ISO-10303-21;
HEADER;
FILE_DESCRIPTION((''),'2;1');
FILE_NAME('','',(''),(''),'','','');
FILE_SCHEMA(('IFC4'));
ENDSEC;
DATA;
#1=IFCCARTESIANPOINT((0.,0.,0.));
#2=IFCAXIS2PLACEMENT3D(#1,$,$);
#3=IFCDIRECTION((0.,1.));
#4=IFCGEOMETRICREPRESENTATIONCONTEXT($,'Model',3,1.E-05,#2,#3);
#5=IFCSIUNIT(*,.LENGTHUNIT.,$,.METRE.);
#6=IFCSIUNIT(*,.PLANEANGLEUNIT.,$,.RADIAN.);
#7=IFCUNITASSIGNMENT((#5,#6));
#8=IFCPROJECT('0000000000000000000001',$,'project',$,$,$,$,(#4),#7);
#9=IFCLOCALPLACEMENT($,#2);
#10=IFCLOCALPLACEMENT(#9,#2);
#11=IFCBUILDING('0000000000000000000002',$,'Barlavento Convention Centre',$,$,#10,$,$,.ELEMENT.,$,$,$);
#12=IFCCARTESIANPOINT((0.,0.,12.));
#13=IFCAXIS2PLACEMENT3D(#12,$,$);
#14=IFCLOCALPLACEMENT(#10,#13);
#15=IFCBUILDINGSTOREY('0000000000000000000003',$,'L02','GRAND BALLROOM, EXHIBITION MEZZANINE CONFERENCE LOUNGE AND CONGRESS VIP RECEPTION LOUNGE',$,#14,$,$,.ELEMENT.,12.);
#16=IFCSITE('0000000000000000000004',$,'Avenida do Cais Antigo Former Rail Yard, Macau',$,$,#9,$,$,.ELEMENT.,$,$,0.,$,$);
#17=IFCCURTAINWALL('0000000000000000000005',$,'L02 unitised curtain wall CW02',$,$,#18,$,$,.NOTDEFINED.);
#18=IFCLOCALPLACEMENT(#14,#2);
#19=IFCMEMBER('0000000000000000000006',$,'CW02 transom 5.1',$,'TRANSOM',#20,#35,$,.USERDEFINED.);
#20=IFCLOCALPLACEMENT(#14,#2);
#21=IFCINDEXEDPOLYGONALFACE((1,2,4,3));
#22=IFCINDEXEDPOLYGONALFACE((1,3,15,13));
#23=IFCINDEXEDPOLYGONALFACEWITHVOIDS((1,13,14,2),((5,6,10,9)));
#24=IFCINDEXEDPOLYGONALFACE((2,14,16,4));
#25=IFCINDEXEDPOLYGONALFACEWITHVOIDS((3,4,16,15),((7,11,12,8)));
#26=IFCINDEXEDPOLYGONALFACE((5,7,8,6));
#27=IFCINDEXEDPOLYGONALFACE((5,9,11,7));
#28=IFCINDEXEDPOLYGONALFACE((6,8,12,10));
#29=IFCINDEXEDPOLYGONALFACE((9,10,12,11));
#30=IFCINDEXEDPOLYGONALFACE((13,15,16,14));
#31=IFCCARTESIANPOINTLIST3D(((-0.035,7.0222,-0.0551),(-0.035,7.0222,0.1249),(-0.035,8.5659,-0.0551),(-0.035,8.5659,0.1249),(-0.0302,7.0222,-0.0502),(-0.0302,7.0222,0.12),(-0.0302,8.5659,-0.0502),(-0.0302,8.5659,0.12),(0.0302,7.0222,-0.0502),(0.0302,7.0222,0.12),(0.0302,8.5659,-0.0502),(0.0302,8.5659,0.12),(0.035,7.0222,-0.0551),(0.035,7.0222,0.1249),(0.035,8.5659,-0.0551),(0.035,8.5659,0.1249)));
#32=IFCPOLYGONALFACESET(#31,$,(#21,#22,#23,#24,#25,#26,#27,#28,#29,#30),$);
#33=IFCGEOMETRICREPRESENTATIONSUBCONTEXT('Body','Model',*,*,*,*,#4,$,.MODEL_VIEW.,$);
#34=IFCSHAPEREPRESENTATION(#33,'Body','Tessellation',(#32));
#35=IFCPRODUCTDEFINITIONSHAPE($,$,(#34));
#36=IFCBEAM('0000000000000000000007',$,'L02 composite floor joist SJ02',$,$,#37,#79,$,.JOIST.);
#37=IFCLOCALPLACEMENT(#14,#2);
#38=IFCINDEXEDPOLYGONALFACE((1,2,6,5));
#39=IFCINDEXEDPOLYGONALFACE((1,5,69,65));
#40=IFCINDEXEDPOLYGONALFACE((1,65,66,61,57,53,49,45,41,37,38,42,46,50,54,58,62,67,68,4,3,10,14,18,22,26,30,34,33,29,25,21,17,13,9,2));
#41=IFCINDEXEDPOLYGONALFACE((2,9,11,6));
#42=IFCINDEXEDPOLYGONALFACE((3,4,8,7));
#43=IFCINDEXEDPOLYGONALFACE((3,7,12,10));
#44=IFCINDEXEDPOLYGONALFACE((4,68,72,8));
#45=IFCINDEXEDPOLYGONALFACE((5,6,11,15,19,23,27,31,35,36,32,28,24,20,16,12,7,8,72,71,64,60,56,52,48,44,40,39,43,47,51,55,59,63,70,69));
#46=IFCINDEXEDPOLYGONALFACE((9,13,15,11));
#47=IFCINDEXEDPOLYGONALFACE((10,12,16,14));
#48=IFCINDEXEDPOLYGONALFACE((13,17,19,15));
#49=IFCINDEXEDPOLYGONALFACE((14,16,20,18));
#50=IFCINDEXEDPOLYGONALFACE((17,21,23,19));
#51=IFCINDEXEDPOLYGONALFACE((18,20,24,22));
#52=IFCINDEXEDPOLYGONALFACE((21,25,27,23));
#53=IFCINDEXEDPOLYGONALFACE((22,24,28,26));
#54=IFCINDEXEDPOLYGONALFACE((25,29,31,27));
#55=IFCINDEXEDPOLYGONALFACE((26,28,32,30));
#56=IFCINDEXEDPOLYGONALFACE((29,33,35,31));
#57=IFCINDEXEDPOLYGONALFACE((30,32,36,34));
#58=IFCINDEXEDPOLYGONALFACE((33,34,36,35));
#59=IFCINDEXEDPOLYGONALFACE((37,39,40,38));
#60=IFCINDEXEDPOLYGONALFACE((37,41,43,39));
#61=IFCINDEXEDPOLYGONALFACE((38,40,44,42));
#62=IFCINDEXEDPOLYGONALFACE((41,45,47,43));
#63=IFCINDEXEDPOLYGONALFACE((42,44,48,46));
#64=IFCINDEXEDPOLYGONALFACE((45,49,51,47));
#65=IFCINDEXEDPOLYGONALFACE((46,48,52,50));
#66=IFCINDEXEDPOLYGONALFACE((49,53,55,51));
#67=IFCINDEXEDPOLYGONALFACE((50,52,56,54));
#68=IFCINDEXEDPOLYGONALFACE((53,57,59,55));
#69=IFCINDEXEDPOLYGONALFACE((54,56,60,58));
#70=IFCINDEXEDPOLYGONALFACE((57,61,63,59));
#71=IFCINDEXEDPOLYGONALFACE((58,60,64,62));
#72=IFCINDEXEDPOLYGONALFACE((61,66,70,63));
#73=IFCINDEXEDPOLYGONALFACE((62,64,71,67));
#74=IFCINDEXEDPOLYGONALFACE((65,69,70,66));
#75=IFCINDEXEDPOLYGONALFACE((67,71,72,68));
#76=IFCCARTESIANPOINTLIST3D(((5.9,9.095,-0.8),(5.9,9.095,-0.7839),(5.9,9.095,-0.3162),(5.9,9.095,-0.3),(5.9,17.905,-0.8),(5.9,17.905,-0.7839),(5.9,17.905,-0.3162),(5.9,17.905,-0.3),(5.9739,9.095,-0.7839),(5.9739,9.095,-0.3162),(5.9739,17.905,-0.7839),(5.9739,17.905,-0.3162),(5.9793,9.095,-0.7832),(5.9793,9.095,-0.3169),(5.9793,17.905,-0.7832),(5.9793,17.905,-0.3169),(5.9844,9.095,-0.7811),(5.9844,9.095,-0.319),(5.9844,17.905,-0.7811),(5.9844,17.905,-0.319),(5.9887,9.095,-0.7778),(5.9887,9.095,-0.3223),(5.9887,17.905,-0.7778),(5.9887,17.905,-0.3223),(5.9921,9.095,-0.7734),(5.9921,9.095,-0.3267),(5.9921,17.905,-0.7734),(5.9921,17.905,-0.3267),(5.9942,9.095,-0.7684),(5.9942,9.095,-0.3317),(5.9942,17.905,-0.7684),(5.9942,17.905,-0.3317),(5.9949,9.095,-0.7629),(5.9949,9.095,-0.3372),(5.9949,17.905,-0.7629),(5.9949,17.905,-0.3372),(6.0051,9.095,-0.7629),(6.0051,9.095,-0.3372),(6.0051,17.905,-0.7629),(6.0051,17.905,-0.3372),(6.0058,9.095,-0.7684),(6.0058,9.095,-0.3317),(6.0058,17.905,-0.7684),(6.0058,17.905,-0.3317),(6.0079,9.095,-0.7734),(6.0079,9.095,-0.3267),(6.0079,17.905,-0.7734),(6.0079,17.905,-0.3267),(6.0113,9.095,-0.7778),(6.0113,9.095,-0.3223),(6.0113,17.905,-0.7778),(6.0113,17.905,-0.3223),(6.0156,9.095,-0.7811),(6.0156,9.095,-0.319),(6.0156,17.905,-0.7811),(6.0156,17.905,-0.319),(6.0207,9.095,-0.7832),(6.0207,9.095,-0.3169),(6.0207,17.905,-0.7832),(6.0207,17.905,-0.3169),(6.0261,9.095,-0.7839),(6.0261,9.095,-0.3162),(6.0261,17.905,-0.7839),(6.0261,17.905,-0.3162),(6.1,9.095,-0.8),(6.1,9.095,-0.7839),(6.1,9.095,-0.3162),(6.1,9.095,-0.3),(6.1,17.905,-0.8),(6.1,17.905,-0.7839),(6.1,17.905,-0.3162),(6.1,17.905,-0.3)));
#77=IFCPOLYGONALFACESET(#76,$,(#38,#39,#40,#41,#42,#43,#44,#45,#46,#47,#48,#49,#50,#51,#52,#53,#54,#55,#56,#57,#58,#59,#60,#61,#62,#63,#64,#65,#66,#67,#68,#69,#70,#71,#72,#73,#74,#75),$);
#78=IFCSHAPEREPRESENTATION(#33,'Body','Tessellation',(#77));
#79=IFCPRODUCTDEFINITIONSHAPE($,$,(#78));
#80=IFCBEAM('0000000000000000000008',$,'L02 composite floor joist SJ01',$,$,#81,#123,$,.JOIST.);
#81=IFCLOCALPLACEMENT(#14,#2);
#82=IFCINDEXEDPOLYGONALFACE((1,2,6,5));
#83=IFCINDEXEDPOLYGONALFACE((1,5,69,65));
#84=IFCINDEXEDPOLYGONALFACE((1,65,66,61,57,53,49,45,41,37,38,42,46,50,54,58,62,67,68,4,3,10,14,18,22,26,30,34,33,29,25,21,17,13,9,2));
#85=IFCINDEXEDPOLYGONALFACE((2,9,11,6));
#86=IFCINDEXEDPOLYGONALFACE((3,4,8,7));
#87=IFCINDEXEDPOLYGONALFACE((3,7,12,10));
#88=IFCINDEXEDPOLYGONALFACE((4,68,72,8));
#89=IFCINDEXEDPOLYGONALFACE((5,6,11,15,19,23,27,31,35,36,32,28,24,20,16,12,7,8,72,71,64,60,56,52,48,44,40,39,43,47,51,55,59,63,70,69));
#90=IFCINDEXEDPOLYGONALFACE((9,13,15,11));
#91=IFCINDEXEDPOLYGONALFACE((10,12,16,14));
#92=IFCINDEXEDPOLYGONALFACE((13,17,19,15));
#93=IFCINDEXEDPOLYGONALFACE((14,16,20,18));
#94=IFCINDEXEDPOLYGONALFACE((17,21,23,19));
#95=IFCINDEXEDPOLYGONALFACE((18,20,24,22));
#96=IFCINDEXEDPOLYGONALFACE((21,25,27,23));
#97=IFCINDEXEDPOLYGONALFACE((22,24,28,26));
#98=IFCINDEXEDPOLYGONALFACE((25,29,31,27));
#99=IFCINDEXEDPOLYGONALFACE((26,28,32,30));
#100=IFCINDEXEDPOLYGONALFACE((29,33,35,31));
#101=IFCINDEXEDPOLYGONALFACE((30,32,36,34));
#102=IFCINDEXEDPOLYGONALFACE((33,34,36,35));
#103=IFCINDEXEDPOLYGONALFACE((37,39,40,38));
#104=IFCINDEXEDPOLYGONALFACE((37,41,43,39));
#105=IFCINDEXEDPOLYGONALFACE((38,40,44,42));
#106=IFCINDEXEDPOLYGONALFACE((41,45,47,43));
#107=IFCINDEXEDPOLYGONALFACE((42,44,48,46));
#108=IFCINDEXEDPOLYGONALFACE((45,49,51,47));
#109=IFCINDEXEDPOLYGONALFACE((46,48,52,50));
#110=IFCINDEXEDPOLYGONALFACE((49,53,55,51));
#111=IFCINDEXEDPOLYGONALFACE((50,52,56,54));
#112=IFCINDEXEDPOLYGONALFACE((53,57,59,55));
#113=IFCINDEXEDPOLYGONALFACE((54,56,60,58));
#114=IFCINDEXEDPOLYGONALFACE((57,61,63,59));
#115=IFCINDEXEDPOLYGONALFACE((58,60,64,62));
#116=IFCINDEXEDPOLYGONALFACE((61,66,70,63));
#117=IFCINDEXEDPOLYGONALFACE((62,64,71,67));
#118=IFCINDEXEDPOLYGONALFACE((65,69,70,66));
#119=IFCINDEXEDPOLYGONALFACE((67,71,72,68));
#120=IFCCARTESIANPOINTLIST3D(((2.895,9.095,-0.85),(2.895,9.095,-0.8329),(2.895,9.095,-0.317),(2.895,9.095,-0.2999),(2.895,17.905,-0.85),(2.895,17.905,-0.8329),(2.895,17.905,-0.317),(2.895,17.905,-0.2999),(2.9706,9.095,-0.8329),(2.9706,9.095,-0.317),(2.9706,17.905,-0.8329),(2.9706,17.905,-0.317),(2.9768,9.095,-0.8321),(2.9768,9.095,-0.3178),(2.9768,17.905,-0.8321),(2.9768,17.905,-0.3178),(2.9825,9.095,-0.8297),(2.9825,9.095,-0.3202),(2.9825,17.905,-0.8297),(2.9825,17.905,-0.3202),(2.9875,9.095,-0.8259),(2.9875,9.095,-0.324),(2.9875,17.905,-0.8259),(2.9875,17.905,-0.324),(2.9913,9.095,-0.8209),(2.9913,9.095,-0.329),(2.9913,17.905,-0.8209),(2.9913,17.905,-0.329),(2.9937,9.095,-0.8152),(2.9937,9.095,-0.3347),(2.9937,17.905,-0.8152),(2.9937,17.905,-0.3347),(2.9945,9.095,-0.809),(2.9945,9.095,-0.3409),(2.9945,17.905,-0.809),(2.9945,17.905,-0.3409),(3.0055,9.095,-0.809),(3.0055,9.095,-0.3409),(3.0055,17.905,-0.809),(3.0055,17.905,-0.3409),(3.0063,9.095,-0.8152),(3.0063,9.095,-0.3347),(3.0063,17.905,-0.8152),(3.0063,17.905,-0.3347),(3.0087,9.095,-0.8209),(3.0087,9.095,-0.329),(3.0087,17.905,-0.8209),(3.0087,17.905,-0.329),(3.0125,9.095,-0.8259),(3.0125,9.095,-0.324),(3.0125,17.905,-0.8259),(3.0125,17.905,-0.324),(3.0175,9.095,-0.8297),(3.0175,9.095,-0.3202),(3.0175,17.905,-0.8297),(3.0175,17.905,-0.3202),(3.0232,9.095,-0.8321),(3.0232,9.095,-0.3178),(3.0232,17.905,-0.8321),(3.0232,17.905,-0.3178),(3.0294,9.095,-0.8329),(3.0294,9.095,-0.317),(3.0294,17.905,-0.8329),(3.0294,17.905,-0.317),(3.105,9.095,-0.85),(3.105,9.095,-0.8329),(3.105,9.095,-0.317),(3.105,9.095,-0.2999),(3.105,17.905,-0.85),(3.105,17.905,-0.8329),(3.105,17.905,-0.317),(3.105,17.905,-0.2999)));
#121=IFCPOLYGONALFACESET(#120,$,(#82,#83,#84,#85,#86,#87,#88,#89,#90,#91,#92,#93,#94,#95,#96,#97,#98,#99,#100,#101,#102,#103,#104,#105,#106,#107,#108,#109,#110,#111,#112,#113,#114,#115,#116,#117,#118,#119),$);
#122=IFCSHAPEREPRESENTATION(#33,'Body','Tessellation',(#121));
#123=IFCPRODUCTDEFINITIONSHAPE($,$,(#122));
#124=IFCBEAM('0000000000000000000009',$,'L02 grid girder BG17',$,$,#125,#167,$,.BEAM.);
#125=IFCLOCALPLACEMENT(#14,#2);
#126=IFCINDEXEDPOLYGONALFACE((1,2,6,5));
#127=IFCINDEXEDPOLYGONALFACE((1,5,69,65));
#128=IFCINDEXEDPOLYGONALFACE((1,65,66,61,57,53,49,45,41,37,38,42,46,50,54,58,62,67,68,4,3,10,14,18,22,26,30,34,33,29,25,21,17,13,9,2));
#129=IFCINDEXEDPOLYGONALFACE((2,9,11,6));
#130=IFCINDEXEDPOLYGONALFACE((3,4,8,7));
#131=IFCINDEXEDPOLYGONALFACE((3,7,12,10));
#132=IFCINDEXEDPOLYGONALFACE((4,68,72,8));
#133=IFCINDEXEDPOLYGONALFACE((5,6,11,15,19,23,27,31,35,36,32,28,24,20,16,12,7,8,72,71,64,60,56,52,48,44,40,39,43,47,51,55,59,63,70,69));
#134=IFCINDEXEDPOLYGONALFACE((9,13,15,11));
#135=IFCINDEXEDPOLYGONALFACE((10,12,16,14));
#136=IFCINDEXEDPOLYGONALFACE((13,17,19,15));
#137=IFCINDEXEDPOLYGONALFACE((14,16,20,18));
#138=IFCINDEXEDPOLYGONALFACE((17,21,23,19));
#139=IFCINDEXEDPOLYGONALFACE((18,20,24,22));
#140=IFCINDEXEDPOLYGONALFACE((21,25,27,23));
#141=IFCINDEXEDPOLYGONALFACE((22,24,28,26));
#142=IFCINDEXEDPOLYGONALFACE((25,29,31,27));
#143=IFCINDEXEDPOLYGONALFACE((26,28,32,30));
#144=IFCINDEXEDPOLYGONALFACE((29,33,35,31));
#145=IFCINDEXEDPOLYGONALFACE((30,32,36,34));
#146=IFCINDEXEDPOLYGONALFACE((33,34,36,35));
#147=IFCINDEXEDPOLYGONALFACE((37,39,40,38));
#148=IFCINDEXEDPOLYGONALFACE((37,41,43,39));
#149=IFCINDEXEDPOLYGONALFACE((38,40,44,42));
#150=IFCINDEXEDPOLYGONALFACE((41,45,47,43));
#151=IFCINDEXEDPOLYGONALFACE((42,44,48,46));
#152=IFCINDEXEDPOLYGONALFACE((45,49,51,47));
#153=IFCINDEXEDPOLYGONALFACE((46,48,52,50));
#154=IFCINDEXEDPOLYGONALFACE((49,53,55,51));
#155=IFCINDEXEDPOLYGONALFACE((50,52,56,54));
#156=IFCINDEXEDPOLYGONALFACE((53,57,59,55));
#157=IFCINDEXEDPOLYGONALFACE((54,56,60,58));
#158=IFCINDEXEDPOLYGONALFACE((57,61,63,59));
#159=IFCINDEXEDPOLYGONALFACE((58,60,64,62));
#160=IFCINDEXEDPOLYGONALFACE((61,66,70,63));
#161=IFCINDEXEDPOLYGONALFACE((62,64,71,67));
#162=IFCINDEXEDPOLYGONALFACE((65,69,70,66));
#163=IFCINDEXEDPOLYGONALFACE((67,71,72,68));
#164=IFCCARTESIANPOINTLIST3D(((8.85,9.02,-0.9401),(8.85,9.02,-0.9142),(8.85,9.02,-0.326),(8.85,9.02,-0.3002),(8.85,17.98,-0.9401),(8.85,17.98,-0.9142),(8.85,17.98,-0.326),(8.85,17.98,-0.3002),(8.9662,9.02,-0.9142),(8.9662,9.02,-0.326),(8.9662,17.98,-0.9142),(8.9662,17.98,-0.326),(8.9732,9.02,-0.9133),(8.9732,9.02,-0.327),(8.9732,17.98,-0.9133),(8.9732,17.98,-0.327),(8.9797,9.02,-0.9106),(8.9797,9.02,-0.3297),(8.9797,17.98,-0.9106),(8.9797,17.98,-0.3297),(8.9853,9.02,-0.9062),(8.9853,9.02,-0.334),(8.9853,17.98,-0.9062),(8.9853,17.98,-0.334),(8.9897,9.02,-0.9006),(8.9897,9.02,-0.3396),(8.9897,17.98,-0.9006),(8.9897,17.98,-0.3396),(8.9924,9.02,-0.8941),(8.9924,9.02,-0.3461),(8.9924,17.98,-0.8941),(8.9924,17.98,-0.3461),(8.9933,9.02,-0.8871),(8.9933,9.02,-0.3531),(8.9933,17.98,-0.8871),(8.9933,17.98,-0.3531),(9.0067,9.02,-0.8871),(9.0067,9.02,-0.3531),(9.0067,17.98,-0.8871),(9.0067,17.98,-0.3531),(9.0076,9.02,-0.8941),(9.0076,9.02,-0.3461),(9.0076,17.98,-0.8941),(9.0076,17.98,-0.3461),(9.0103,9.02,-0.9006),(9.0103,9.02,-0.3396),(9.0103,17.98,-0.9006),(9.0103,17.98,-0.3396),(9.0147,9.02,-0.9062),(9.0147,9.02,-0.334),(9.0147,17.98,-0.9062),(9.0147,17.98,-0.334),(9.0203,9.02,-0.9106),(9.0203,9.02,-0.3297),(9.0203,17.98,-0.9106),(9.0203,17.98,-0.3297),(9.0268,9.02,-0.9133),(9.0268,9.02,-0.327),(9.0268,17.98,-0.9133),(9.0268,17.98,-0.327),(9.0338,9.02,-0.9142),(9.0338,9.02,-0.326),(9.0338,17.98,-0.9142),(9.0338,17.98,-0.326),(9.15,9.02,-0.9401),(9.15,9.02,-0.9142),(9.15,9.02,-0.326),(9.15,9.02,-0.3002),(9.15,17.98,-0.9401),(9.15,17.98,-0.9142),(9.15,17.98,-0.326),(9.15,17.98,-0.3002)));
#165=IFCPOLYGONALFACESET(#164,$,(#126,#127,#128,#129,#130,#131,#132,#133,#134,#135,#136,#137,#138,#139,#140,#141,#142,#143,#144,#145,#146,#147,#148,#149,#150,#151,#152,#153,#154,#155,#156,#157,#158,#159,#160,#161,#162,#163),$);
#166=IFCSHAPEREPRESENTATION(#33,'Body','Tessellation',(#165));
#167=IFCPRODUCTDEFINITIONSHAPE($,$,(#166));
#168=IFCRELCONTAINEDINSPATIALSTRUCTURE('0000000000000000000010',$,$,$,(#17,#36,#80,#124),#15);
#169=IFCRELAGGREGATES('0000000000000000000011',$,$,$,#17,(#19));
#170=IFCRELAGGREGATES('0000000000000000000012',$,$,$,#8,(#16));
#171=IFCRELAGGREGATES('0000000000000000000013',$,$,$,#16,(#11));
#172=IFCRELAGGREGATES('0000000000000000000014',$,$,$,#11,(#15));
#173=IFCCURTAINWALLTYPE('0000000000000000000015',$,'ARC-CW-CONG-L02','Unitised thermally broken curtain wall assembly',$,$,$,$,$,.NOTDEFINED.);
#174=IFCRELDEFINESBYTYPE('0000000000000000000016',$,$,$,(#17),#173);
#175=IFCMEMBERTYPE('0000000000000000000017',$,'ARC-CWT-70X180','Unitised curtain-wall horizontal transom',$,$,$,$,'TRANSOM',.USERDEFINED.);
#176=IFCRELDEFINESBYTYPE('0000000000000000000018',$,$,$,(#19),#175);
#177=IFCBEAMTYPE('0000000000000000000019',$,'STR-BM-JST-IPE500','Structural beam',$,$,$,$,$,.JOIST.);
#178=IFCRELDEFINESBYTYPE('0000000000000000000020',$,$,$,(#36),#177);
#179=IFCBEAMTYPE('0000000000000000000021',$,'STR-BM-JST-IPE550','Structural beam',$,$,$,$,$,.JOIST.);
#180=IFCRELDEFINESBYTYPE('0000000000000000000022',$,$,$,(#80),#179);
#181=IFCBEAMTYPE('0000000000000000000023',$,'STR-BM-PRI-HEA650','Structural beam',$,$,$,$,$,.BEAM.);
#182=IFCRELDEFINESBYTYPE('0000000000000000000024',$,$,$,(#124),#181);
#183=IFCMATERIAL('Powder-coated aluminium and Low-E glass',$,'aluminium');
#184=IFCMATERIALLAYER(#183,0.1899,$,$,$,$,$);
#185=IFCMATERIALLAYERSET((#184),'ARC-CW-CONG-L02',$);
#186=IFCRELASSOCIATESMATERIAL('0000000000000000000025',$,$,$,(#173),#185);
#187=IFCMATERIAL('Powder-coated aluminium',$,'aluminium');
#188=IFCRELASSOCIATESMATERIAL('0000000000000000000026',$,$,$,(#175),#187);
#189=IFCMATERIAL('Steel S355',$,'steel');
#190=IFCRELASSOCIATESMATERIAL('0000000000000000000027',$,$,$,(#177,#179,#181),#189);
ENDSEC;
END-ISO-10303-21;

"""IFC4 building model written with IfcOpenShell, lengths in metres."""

from ifc_helpers import new_model, si_unit, direction, frame, origin, origin_2d, place, context, subcontext, project, spatial, hollow_rectangle, i_section, extrude, material, layer, layer_set, material_profile, profile_set, type_object, element, aggregate, save


model = new_model("IFC4")

# Units and contexts
model_context = context("Model", 3, precision=1e-05, world=origin(), true_north=direction((0.0, 1.0)))
body_context = subcontext(model_context, "Body", "Model", "MODEL_VIEW")
ifc_project = project(units=[si_unit("LENGTHUNIT", "METRE"), si_unit("PLANEANGLEUNIT", "RADIAN")], contexts=[model_context])

# Site, building, storey
site_placement = place(None, origin())
site = spatial("IfcSite", under=ifc_project, at=site_placement, Name="Avenida do Cais Antigo Former Rail Yard, Macau", CompositionType="ELEMENT", RefElevation=0.0)
building_placement = place(site_placement, origin())
building = spatial("IfcBuilding", under=site, at=building_placement, Name="Barlavento Convention Centre", CompositionType="ELEMENT")
storey_placement = place(building_placement, frame((0.0, 0.0, 12.0)))
storey = spatial("IfcBuildingStorey", under=building, at=storey_placement, Name="L02", Description="GRAND BALLROOM, EXHIBITION MEZZANINE CONFERENCE LOUNGE AND CONGRESS VIP RECEPTION LOUNGE", CompositionType="ELEMENT", Elevation=12.0)

# Curtain wall
ifc_material_1 = material(Name="Powder-coated aluminium and Low-E glass", Category="aluminium")
ifc_layer_1 = layer(ifc_material_1, 0.1899)
ifc_layer_set_1 = layer_set([ifc_layer_1], Name="ARC-CW-CONG-L02")
curtain_wall_type = type_object("IfcCurtainWallType", Name="ARC-CW-CONG-L02", Description="Unitised thermally broken curtain wall assembly", PredefinedType="NOTDEFINED", material=ifc_layer_set_1)
ifc_material_2 = material(Name="Powder-coated aluminium", Category="aluminium")
curtain_wall_1_placement = place(storey_placement, origin())
curtain_wall_1 = element("IfcCurtainWall", 1, at=curtain_wall_1_placement, inside=storey, type_object=curtain_wall_type, Name="L02 unitised curtain wall CW02", PredefinedType="NOTDEFINED")

# Member
ifc_material_profile_1 = material_profile(ifc_material_2, hollow_rectangle(XDim=0.0701, YDim=0.1799, WallThickness=0.0049, at=origin_2d()), Name="AL-TRAN 70x180x5")
ifc_profile_set_1 = profile_set([ifc_material_profile_1], Name="Powder-coated aluminium")
member_type_1 = type_object("IfcMemberType", Name="ARC-CWT-70X180", Description="Unitised curtain-wall horizontal transom", ElementType="TRANSOM", PredefinedType="USERDEFINED", material=ifc_profile_set_1)
member_1_placement = place(storey_placement, frame((0.0, 7.0222, 0.0349), z_axis=(0.0, 1.0, 0.0), x_axis=(-1.0, 0.0, 0.0)))
member_1 = element("IfcMember", 2, at=member_1_placement, type_object=member_type_1, Name="CW02 transom 5.1", ObjectType="TRANSOM", PredefinedType="USERDEFINED", context=body_context, shape_type="SweptSolid", body=[
    extrude(hollow_rectangle(XDim=0.0701, YDim=0.1799, WallThickness=0.0049, at=origin_2d()), origin(), (0.0, 0.0, 1.0), 1.5437),
])
aggregate(curtain_wall_1, [member_1])

# Beams
ifc_material_3 = material(Name="Steel S355", Category="steel")
ifc_material_profile_2 = material_profile(ifc_material_3, i_section(OverallWidth=0.2, OverallDepth=0.5, WebThickness=0.0103, FlangeThickness=0.0161, FilletRadius=0.021, at=origin_2d()), Name="IPE 500")
ifc_profile_set_2 = profile_set([ifc_material_profile_2], Name="Steel S355")
beam_type_1 = type_object("IfcBeamType", Name="STR-BM-JST-IPE500", Description="Structural beam", PredefinedType="JOIST", material=ifc_profile_set_2)
beam_1_placement = place(storey_placement, frame((6.0, 9.095, -0.55), z_axis=(0.0, 1.0, 0.0), x_axis=(-1.0, 0.0, 0.0)))
element("IfcBeam", 3, at=beam_1_placement, inside=storey, type_object=beam_type_1, Name="L02 composite floor joist SJ02", PredefinedType="JOIST", context=body_context, shape_type="SweptSolid", body=[
    extrude(i_section(OverallWidth=0.2, OverallDepth=0.5, WebThickness=0.0103, FlangeThickness=0.0161, FilletRadius=0.021, at=origin_2d()), origin(), (0.0, 0.0, 1.0), 8.8101),
])
ifc_material_profile_3 = material_profile(ifc_material_3, i_section(OverallWidth=0.21, OverallDepth=0.55, WebThickness=0.011, FlangeThickness=0.0171, FilletRadius=0.0239, at=origin_2d()), Name="IPE 550")
ifc_profile_set_3 = profile_set([ifc_material_profile_3], Name="Steel S355")
beam_type_2 = type_object("IfcBeamType", Name="STR-BM-JST-IPE550", Description="Structural beam", PredefinedType="JOIST", material=ifc_profile_set_3)
beam_2_placement = place(storey_placement, frame((3.0, 9.095, -0.575), z_axis=(0.0, 1.0, 0.0), x_axis=(-1.0, 0.0, 0.0)))
element("IfcBeam", 4, at=beam_2_placement, inside=storey, type_object=beam_type_2, Name="L02 composite floor joist SJ01", PredefinedType="JOIST", context=body_context, shape_type="SweptSolid", body=[
    extrude(i_section(OverallWidth=0.21, OverallDepth=0.55, WebThickness=0.011, FlangeThickness=0.0171, FilletRadius=0.0239, at=origin_2d()), origin(), (0.0, 0.0, 1.0), 8.8101),
])
ifc_material_profile_4 = material_profile(ifc_material_3, i_section(OverallWidth=0.3, OverallDepth=0.6399, WebThickness=0.0134, FlangeThickness=0.0259, FilletRadius=0.0271, at=origin_2d()), Name="HEA 650")
ifc_profile_set_4 = profile_set([ifc_material_profile_4], Name="Steel S355")
beam_type_3 = type_object("IfcBeamType", Name="STR-BM-PRI-HEA650", Description="Structural beam", PredefinedType="BEAM", material=ifc_profile_set_4)
beam_3_placement = place(storey_placement, frame((9.0, 9.02, -0.6201), z_axis=(0.0, 1.0, 0.0), x_axis=(-1.0, 0.0, 0.0)))
element("IfcBeam", 5, at=beam_3_placement, inside=storey, type_object=beam_type_3, Name="L02 grid girder BG17", PredefinedType="BEAM", context=body_context, shape_type="SweptSolid", body=[
    extrude(i_section(OverallWidth=0.3, OverallDepth=0.6399, WebThickness=0.0134, FlangeThickness=0.0259, FilletRadius=0.0271, at=origin_2d()), origin(), (0.0, 0.0, 1.0), 8.96),
])

save(model, "model.ifc")
